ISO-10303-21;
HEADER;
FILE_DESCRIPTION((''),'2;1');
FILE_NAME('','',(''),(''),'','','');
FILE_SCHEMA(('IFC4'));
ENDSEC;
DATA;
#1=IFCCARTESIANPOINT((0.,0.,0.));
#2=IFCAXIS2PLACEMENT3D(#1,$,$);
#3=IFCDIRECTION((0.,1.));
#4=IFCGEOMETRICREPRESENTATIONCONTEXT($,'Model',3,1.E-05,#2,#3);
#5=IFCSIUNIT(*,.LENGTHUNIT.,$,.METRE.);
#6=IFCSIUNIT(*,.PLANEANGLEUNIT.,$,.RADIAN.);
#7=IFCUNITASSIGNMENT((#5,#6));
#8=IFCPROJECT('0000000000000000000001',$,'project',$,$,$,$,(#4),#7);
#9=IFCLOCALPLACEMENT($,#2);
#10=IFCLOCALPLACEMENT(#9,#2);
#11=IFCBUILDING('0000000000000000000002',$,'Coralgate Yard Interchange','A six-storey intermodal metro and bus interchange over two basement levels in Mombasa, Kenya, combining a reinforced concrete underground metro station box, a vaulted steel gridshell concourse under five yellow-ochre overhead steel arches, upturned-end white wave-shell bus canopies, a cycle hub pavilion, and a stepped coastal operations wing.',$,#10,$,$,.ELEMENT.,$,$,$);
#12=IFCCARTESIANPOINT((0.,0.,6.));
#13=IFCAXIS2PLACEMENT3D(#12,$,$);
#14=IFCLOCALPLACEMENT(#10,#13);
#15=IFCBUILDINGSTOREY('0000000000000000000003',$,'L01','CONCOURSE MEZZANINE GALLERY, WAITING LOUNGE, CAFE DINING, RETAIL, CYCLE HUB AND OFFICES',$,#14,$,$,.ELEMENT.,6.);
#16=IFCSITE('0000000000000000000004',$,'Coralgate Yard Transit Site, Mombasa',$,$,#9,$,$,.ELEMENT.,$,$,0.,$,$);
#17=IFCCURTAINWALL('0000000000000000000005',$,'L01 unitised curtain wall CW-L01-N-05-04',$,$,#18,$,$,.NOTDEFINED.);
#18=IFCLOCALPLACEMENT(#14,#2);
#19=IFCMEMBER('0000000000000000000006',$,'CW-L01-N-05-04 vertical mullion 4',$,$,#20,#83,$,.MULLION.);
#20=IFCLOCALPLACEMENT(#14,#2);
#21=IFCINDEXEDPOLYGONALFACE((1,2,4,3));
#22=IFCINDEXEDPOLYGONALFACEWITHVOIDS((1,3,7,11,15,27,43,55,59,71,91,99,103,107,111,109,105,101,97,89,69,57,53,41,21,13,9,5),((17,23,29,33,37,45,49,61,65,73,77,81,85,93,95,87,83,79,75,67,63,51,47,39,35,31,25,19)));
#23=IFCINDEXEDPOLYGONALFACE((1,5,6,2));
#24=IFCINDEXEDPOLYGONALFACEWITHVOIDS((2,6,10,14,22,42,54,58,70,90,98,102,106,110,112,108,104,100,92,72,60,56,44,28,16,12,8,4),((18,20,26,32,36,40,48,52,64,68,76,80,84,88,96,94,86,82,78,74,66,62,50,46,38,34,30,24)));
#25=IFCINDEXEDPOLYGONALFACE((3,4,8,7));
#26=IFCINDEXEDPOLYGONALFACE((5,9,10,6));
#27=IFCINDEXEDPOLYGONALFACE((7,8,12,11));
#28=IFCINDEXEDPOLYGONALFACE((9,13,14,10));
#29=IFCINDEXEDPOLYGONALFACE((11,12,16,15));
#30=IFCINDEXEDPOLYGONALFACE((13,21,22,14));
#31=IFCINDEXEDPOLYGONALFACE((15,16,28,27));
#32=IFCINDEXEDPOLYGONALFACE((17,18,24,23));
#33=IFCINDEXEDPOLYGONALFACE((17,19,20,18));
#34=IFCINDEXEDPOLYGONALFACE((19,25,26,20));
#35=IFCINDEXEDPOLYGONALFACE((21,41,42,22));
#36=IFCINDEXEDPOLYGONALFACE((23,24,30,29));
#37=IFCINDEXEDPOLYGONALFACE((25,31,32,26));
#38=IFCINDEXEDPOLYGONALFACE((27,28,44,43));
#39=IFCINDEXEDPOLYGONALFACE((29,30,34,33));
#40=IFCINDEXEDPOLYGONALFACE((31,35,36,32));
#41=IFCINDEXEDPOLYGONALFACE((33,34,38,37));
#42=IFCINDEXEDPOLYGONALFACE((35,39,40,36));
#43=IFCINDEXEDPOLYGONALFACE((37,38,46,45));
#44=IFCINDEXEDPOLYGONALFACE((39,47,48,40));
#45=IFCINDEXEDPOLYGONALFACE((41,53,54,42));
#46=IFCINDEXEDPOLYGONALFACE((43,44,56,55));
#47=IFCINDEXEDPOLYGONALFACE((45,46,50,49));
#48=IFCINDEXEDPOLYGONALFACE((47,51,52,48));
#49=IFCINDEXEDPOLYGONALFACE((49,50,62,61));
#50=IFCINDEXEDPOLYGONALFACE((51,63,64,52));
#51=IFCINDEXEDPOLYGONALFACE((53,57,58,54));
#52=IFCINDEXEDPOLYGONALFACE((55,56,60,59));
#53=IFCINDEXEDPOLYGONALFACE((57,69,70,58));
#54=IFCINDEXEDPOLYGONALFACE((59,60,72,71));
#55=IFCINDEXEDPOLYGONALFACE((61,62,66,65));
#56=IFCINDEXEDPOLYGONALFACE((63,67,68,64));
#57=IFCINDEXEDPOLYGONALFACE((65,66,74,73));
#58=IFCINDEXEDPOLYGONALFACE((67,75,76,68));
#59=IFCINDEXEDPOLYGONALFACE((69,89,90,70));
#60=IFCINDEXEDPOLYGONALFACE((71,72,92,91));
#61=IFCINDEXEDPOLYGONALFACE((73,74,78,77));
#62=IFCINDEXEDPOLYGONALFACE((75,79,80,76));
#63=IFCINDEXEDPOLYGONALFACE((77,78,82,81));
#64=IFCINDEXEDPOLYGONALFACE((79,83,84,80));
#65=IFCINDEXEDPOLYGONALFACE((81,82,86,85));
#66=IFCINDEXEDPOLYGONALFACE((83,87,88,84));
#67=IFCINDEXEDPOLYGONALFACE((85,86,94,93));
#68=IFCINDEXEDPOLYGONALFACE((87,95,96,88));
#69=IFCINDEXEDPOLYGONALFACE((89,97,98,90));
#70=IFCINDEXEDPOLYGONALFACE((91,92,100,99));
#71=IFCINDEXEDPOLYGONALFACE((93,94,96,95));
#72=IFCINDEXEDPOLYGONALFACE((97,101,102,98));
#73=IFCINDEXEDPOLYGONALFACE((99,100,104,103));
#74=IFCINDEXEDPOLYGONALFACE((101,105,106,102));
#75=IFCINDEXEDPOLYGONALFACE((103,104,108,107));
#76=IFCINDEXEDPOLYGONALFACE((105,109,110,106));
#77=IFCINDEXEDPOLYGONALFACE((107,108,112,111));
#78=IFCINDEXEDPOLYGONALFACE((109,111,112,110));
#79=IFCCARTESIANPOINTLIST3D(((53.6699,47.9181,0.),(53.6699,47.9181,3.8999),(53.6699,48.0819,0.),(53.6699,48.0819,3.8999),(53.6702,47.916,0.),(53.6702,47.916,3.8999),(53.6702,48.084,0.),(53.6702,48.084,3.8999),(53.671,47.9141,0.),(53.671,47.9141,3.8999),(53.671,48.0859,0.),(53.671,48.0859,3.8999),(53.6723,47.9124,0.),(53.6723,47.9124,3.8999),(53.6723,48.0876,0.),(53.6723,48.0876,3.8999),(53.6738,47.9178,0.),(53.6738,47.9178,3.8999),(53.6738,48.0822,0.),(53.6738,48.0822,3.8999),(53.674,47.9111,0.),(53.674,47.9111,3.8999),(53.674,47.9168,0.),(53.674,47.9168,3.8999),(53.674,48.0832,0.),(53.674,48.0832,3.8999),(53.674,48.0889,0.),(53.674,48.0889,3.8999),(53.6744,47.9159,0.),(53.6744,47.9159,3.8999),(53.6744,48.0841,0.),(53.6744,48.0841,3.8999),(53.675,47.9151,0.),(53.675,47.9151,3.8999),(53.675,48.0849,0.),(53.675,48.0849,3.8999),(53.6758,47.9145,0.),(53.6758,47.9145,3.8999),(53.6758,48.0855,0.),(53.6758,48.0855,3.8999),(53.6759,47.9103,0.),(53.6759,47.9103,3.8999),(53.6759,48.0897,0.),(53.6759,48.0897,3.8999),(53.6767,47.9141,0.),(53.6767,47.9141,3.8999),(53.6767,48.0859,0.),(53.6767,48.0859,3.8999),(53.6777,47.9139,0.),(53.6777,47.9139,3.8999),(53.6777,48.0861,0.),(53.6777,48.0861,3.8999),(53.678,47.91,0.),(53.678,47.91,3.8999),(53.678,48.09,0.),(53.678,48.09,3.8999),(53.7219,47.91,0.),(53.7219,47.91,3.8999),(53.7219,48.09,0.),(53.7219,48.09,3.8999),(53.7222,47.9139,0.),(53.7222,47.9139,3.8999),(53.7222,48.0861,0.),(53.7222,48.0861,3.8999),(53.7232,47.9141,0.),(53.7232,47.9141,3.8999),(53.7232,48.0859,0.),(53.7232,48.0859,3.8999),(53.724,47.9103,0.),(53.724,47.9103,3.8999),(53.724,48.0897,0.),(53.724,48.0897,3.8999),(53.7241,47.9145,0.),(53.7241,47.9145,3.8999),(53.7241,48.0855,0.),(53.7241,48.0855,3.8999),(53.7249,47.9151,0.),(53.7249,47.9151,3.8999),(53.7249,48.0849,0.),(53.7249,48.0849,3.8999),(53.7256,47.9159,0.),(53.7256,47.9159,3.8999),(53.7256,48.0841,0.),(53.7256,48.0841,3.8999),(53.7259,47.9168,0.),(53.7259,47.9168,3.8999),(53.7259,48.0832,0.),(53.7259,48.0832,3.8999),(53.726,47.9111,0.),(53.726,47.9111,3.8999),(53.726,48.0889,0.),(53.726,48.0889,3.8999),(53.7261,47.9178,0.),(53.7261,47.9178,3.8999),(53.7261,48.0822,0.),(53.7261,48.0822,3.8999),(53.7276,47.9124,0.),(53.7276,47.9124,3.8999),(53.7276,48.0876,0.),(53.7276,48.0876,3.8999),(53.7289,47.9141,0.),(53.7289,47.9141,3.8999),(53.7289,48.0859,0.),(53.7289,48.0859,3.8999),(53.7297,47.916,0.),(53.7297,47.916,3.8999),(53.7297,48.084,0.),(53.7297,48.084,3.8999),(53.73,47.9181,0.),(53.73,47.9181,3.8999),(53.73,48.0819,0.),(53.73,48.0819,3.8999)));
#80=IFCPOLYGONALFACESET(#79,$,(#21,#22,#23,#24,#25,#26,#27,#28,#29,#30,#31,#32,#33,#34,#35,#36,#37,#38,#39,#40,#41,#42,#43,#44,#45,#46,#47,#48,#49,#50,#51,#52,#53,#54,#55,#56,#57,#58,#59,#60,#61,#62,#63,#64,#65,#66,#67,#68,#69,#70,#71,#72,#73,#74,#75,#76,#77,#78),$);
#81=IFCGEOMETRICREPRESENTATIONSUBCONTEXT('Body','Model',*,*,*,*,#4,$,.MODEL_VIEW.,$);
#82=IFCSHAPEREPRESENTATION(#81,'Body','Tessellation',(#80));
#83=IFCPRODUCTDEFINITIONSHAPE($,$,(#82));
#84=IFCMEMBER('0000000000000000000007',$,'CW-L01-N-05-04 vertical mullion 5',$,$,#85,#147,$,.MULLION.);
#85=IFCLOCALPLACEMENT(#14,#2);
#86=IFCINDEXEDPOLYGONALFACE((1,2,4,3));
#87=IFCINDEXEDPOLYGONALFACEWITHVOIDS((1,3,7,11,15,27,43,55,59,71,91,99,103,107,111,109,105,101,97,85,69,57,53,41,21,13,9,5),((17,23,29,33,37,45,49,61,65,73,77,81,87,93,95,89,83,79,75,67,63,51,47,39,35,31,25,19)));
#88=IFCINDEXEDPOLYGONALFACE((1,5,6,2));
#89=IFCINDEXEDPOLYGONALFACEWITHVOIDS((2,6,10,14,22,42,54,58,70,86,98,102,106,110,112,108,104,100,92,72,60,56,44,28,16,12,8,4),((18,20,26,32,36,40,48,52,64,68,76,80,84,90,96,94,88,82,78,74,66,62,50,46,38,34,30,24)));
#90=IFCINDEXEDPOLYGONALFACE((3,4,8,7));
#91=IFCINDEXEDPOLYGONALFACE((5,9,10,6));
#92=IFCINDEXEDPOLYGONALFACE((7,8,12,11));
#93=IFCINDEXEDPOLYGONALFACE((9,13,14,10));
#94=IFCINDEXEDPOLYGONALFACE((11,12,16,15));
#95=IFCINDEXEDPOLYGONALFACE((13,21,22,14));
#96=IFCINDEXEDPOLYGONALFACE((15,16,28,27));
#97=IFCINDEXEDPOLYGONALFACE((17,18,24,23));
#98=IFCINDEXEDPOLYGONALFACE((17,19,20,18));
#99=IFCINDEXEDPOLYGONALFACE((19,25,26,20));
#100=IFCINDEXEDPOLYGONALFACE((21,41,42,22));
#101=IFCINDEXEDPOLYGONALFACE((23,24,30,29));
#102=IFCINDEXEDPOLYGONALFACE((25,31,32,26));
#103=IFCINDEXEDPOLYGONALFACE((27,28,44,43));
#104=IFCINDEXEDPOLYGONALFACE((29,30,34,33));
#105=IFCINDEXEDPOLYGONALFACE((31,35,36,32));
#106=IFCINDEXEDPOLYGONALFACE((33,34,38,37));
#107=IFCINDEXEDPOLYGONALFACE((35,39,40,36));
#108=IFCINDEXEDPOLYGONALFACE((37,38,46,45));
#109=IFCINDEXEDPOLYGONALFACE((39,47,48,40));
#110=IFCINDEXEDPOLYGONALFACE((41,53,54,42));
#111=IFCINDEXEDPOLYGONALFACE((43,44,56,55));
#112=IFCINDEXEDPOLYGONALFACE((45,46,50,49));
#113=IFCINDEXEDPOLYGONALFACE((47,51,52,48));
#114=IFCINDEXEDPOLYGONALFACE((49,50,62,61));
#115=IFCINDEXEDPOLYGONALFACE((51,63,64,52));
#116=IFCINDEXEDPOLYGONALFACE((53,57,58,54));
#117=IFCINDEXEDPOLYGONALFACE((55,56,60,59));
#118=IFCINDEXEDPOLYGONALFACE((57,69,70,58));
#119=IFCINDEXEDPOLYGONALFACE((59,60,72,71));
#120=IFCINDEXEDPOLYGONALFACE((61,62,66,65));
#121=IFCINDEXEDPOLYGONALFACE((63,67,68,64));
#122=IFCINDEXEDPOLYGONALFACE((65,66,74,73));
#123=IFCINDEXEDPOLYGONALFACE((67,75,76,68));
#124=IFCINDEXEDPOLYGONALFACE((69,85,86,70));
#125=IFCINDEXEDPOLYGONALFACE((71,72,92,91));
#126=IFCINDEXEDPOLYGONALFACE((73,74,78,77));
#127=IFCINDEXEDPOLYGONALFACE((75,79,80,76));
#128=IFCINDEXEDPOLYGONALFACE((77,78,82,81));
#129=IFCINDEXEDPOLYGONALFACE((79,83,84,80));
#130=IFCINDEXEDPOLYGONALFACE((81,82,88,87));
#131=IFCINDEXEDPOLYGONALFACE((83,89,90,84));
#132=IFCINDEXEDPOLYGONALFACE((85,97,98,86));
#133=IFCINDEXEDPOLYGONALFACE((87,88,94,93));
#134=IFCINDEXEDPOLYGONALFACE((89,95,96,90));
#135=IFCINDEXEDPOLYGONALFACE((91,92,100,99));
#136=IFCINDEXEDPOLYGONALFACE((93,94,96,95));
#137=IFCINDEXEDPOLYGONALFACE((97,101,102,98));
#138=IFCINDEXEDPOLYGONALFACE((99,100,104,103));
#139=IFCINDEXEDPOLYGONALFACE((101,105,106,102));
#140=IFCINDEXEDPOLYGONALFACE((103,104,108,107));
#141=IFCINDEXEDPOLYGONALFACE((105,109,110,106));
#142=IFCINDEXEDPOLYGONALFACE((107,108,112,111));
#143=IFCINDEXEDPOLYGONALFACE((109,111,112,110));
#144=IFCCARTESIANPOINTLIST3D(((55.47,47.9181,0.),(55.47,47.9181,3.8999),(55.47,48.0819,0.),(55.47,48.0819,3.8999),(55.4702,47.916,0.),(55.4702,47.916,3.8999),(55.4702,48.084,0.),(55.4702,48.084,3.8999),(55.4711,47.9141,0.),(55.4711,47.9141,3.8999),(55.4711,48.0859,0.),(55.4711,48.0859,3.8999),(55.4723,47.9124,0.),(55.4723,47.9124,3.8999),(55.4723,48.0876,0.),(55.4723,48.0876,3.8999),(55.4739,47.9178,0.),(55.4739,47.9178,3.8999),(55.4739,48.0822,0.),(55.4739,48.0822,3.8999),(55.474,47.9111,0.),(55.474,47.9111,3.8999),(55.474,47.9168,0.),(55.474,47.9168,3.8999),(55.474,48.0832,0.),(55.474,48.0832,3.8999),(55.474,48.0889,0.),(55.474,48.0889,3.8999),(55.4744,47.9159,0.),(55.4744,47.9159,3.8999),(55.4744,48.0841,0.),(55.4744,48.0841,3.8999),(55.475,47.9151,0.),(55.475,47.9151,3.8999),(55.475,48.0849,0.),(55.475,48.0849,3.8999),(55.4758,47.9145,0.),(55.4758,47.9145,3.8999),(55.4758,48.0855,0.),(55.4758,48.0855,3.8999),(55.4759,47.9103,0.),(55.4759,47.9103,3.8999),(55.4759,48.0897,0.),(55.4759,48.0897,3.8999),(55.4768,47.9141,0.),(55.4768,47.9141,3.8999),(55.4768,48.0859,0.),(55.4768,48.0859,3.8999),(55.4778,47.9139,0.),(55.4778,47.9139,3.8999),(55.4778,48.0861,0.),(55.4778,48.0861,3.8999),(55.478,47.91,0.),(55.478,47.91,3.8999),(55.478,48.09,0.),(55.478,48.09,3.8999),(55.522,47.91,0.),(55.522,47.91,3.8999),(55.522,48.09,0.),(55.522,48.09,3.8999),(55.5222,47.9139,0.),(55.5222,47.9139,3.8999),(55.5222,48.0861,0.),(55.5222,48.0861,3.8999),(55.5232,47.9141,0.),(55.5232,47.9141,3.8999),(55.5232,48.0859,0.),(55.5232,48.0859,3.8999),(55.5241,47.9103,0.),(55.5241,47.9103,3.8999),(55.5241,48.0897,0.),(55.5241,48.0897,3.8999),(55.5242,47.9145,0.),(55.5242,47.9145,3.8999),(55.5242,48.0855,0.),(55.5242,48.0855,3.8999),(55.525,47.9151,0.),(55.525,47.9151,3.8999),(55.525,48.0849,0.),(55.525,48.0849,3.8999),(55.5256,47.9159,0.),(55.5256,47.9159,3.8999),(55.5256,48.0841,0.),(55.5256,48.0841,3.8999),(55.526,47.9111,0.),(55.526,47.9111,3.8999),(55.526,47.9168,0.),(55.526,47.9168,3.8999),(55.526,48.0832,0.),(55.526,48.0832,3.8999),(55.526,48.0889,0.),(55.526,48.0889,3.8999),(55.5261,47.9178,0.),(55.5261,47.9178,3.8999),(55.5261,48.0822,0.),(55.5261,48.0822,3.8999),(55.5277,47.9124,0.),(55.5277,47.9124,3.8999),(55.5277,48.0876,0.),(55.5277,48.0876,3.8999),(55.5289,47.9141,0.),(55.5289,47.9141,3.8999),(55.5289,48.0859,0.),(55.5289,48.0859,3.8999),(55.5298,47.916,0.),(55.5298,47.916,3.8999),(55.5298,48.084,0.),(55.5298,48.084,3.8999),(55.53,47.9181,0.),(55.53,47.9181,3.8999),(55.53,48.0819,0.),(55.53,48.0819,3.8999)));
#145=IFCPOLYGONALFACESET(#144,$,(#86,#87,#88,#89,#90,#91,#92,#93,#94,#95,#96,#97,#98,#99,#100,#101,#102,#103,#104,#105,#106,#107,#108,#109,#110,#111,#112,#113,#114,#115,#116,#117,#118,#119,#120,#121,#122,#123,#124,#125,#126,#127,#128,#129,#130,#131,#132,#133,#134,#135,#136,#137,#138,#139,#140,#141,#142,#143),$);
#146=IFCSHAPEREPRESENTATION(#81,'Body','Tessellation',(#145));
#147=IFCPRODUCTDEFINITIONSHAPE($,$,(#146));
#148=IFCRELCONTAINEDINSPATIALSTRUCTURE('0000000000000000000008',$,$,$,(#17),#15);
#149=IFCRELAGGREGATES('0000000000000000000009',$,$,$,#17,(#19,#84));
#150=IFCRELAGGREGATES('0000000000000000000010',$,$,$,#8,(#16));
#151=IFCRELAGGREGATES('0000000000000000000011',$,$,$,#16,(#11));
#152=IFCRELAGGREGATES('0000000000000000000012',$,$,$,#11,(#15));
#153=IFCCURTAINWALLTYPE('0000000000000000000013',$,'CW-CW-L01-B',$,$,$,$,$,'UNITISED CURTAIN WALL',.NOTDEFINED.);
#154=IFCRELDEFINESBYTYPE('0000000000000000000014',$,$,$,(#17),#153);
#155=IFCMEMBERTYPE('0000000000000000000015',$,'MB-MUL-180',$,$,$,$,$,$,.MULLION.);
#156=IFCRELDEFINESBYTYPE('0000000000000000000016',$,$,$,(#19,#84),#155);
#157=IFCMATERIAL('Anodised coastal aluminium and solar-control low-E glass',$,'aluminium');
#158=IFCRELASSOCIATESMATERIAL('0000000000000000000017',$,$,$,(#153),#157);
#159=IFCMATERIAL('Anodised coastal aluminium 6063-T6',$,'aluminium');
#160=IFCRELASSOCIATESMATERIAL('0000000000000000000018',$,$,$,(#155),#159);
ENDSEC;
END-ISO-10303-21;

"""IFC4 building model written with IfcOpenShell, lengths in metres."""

from ifc_helpers import new_model, si_unit, direction, frame, origin, origin_2d, place, context, subcontext, project, spatial, hollow_rectangle, extrude, material, material_profile, profile_set, type_object, element, aggregate, save


model = new_model("IFC4")

# Units and contexts
model_context = context("Model", 3, precision=1e-05, world=origin(), true_north=direction((0.0, 1.0)))
body_context = subcontext(model_context, "Body", "Model", "MODEL_VIEW")
ifc_project = project(units=[si_unit("LENGTHUNIT", "METRE"), si_unit("PLANEANGLEUNIT", "RADIAN")], contexts=[model_context])

# Site, building, storey
site_placement = place(None, origin())
site = spatial("IfcSite", under=ifc_project, at=site_placement, Name="Coralgate Yard Transit Site, Mombasa", CompositionType="ELEMENT", RefElevation=0.0)
building_placement = place(site_placement, origin())
building = spatial("IfcBuilding", under=site, at=building_placement, Name="Coralgate Yard Interchange", Description="A six-storey intermodal metro and bus interchange over two basement levels in Mombasa, Kenya, combining a reinforced concrete underground metro station box, a vaulted steel gridshell concourse under five yellow-ochre overhead steel arches, upturned-end white wave-shell bus canopies, a cycle hub pavilion, and a stepped coastal operations wing.", CompositionType="ELEMENT")
storey_placement = place(building_placement, frame((0.0, 0.0, 6.0)))
storey = spatial("IfcBuildingStorey", under=building, at=storey_placement, Name="L01", Description="CONCOURSE MEZZANINE GALLERY, WAITING LOUNGE, CAFE DINING, RETAIL, CYCLE HUB AND OFFICES", CompositionType="ELEMENT", Elevation=6.0)

# Curtain wall, members
ifc_material_1 = material(Name="Anodised coastal aluminium and solar-control low-E glass", Category="aluminium")
curtain_wall_type = type_object("IfcCurtainWallType", Name="CW-CW-L01-B", ElementType="UNITISED CURTAIN WALL", PredefinedType="NOTDEFINED", material=ifc_material_1)
curtain_wall_placement = place(storey_placement, origin())
curtain_wall = element("IfcCurtainWall", 1, at=curtain_wall_placement, inside=storey, type_object=curtain_wall_type, Name="L01 unitised curtain wall CW-L01-N-05-04", PredefinedType="NOTDEFINED")
ifc_material_2 = material(Name="Anodised coastal aluminium 6063-T6", Category="aluminium")
ifc_material_profile_1 = material_profile(ifc_material_2, hollow_rectangle(XDim=0.0601, YDim=0.1799, WallThickness=0.0039, InnerFilletRadius=0.0039, OuterFilletRadius=0.0081, at=origin_2d()), Name="ALU 60x180x4")
ifc_profile_set_1 = profile_set([ifc_material_profile_1], Name="Anodised coastal aluminium 6063-T6")
member_type_1 = type_object("IfcMemberType", Name="MB-MUL-180", PredefinedType="MULLION", material=ifc_profile_set_1)
member_1_placement = place(storey_placement, frame((53.7, 48.0, 0.0), z_axis=(0.0, 0.0, 1.0), x_axis=(1.0, 0.0, 0.0)))
member_1 = element("IfcMember", 2, at=member_1_placement, type_object=member_type_1, Name="CW-L01-N-05-04 vertical mullion 4", PredefinedType="MULLION", context=body_context, shape_type="SweptSolid", body=[
    extrude(hollow_rectangle(XDim=0.0601, YDim=0.1799, WallThickness=0.0039, InnerFilletRadius=0.0039, OuterFilletRadius=0.0081, at=origin_2d()), origin(), (0.0, 0.0, 1.0), 3.8999),
])
member_2_placement = place(storey_placement, frame((55.5, 48.0, 0.0), z_axis=(0.0, 0.0, 1.0), x_axis=(1.0, 0.0, 0.0)))
member_2 = element("IfcMember", 3, at=member_2_placement, type_object=member_type_1, Name="CW-L01-N-05-04 vertical mullion 5", PredefinedType="MULLION", context=body_context, shape_type="SweptSolid", body=[
    extrude(hollow_rectangle(XDim=0.0601, YDim=0.1799, WallThickness=0.0039, InnerFilletRadius=0.0039, OuterFilletRadius=0.0081, at=origin_2d()), origin(), (0.0, 0.0, 1.0), 3.8999),
])
aggregate(curtain_wall, [member_1, member_2])

save(model, "model.ifc")
